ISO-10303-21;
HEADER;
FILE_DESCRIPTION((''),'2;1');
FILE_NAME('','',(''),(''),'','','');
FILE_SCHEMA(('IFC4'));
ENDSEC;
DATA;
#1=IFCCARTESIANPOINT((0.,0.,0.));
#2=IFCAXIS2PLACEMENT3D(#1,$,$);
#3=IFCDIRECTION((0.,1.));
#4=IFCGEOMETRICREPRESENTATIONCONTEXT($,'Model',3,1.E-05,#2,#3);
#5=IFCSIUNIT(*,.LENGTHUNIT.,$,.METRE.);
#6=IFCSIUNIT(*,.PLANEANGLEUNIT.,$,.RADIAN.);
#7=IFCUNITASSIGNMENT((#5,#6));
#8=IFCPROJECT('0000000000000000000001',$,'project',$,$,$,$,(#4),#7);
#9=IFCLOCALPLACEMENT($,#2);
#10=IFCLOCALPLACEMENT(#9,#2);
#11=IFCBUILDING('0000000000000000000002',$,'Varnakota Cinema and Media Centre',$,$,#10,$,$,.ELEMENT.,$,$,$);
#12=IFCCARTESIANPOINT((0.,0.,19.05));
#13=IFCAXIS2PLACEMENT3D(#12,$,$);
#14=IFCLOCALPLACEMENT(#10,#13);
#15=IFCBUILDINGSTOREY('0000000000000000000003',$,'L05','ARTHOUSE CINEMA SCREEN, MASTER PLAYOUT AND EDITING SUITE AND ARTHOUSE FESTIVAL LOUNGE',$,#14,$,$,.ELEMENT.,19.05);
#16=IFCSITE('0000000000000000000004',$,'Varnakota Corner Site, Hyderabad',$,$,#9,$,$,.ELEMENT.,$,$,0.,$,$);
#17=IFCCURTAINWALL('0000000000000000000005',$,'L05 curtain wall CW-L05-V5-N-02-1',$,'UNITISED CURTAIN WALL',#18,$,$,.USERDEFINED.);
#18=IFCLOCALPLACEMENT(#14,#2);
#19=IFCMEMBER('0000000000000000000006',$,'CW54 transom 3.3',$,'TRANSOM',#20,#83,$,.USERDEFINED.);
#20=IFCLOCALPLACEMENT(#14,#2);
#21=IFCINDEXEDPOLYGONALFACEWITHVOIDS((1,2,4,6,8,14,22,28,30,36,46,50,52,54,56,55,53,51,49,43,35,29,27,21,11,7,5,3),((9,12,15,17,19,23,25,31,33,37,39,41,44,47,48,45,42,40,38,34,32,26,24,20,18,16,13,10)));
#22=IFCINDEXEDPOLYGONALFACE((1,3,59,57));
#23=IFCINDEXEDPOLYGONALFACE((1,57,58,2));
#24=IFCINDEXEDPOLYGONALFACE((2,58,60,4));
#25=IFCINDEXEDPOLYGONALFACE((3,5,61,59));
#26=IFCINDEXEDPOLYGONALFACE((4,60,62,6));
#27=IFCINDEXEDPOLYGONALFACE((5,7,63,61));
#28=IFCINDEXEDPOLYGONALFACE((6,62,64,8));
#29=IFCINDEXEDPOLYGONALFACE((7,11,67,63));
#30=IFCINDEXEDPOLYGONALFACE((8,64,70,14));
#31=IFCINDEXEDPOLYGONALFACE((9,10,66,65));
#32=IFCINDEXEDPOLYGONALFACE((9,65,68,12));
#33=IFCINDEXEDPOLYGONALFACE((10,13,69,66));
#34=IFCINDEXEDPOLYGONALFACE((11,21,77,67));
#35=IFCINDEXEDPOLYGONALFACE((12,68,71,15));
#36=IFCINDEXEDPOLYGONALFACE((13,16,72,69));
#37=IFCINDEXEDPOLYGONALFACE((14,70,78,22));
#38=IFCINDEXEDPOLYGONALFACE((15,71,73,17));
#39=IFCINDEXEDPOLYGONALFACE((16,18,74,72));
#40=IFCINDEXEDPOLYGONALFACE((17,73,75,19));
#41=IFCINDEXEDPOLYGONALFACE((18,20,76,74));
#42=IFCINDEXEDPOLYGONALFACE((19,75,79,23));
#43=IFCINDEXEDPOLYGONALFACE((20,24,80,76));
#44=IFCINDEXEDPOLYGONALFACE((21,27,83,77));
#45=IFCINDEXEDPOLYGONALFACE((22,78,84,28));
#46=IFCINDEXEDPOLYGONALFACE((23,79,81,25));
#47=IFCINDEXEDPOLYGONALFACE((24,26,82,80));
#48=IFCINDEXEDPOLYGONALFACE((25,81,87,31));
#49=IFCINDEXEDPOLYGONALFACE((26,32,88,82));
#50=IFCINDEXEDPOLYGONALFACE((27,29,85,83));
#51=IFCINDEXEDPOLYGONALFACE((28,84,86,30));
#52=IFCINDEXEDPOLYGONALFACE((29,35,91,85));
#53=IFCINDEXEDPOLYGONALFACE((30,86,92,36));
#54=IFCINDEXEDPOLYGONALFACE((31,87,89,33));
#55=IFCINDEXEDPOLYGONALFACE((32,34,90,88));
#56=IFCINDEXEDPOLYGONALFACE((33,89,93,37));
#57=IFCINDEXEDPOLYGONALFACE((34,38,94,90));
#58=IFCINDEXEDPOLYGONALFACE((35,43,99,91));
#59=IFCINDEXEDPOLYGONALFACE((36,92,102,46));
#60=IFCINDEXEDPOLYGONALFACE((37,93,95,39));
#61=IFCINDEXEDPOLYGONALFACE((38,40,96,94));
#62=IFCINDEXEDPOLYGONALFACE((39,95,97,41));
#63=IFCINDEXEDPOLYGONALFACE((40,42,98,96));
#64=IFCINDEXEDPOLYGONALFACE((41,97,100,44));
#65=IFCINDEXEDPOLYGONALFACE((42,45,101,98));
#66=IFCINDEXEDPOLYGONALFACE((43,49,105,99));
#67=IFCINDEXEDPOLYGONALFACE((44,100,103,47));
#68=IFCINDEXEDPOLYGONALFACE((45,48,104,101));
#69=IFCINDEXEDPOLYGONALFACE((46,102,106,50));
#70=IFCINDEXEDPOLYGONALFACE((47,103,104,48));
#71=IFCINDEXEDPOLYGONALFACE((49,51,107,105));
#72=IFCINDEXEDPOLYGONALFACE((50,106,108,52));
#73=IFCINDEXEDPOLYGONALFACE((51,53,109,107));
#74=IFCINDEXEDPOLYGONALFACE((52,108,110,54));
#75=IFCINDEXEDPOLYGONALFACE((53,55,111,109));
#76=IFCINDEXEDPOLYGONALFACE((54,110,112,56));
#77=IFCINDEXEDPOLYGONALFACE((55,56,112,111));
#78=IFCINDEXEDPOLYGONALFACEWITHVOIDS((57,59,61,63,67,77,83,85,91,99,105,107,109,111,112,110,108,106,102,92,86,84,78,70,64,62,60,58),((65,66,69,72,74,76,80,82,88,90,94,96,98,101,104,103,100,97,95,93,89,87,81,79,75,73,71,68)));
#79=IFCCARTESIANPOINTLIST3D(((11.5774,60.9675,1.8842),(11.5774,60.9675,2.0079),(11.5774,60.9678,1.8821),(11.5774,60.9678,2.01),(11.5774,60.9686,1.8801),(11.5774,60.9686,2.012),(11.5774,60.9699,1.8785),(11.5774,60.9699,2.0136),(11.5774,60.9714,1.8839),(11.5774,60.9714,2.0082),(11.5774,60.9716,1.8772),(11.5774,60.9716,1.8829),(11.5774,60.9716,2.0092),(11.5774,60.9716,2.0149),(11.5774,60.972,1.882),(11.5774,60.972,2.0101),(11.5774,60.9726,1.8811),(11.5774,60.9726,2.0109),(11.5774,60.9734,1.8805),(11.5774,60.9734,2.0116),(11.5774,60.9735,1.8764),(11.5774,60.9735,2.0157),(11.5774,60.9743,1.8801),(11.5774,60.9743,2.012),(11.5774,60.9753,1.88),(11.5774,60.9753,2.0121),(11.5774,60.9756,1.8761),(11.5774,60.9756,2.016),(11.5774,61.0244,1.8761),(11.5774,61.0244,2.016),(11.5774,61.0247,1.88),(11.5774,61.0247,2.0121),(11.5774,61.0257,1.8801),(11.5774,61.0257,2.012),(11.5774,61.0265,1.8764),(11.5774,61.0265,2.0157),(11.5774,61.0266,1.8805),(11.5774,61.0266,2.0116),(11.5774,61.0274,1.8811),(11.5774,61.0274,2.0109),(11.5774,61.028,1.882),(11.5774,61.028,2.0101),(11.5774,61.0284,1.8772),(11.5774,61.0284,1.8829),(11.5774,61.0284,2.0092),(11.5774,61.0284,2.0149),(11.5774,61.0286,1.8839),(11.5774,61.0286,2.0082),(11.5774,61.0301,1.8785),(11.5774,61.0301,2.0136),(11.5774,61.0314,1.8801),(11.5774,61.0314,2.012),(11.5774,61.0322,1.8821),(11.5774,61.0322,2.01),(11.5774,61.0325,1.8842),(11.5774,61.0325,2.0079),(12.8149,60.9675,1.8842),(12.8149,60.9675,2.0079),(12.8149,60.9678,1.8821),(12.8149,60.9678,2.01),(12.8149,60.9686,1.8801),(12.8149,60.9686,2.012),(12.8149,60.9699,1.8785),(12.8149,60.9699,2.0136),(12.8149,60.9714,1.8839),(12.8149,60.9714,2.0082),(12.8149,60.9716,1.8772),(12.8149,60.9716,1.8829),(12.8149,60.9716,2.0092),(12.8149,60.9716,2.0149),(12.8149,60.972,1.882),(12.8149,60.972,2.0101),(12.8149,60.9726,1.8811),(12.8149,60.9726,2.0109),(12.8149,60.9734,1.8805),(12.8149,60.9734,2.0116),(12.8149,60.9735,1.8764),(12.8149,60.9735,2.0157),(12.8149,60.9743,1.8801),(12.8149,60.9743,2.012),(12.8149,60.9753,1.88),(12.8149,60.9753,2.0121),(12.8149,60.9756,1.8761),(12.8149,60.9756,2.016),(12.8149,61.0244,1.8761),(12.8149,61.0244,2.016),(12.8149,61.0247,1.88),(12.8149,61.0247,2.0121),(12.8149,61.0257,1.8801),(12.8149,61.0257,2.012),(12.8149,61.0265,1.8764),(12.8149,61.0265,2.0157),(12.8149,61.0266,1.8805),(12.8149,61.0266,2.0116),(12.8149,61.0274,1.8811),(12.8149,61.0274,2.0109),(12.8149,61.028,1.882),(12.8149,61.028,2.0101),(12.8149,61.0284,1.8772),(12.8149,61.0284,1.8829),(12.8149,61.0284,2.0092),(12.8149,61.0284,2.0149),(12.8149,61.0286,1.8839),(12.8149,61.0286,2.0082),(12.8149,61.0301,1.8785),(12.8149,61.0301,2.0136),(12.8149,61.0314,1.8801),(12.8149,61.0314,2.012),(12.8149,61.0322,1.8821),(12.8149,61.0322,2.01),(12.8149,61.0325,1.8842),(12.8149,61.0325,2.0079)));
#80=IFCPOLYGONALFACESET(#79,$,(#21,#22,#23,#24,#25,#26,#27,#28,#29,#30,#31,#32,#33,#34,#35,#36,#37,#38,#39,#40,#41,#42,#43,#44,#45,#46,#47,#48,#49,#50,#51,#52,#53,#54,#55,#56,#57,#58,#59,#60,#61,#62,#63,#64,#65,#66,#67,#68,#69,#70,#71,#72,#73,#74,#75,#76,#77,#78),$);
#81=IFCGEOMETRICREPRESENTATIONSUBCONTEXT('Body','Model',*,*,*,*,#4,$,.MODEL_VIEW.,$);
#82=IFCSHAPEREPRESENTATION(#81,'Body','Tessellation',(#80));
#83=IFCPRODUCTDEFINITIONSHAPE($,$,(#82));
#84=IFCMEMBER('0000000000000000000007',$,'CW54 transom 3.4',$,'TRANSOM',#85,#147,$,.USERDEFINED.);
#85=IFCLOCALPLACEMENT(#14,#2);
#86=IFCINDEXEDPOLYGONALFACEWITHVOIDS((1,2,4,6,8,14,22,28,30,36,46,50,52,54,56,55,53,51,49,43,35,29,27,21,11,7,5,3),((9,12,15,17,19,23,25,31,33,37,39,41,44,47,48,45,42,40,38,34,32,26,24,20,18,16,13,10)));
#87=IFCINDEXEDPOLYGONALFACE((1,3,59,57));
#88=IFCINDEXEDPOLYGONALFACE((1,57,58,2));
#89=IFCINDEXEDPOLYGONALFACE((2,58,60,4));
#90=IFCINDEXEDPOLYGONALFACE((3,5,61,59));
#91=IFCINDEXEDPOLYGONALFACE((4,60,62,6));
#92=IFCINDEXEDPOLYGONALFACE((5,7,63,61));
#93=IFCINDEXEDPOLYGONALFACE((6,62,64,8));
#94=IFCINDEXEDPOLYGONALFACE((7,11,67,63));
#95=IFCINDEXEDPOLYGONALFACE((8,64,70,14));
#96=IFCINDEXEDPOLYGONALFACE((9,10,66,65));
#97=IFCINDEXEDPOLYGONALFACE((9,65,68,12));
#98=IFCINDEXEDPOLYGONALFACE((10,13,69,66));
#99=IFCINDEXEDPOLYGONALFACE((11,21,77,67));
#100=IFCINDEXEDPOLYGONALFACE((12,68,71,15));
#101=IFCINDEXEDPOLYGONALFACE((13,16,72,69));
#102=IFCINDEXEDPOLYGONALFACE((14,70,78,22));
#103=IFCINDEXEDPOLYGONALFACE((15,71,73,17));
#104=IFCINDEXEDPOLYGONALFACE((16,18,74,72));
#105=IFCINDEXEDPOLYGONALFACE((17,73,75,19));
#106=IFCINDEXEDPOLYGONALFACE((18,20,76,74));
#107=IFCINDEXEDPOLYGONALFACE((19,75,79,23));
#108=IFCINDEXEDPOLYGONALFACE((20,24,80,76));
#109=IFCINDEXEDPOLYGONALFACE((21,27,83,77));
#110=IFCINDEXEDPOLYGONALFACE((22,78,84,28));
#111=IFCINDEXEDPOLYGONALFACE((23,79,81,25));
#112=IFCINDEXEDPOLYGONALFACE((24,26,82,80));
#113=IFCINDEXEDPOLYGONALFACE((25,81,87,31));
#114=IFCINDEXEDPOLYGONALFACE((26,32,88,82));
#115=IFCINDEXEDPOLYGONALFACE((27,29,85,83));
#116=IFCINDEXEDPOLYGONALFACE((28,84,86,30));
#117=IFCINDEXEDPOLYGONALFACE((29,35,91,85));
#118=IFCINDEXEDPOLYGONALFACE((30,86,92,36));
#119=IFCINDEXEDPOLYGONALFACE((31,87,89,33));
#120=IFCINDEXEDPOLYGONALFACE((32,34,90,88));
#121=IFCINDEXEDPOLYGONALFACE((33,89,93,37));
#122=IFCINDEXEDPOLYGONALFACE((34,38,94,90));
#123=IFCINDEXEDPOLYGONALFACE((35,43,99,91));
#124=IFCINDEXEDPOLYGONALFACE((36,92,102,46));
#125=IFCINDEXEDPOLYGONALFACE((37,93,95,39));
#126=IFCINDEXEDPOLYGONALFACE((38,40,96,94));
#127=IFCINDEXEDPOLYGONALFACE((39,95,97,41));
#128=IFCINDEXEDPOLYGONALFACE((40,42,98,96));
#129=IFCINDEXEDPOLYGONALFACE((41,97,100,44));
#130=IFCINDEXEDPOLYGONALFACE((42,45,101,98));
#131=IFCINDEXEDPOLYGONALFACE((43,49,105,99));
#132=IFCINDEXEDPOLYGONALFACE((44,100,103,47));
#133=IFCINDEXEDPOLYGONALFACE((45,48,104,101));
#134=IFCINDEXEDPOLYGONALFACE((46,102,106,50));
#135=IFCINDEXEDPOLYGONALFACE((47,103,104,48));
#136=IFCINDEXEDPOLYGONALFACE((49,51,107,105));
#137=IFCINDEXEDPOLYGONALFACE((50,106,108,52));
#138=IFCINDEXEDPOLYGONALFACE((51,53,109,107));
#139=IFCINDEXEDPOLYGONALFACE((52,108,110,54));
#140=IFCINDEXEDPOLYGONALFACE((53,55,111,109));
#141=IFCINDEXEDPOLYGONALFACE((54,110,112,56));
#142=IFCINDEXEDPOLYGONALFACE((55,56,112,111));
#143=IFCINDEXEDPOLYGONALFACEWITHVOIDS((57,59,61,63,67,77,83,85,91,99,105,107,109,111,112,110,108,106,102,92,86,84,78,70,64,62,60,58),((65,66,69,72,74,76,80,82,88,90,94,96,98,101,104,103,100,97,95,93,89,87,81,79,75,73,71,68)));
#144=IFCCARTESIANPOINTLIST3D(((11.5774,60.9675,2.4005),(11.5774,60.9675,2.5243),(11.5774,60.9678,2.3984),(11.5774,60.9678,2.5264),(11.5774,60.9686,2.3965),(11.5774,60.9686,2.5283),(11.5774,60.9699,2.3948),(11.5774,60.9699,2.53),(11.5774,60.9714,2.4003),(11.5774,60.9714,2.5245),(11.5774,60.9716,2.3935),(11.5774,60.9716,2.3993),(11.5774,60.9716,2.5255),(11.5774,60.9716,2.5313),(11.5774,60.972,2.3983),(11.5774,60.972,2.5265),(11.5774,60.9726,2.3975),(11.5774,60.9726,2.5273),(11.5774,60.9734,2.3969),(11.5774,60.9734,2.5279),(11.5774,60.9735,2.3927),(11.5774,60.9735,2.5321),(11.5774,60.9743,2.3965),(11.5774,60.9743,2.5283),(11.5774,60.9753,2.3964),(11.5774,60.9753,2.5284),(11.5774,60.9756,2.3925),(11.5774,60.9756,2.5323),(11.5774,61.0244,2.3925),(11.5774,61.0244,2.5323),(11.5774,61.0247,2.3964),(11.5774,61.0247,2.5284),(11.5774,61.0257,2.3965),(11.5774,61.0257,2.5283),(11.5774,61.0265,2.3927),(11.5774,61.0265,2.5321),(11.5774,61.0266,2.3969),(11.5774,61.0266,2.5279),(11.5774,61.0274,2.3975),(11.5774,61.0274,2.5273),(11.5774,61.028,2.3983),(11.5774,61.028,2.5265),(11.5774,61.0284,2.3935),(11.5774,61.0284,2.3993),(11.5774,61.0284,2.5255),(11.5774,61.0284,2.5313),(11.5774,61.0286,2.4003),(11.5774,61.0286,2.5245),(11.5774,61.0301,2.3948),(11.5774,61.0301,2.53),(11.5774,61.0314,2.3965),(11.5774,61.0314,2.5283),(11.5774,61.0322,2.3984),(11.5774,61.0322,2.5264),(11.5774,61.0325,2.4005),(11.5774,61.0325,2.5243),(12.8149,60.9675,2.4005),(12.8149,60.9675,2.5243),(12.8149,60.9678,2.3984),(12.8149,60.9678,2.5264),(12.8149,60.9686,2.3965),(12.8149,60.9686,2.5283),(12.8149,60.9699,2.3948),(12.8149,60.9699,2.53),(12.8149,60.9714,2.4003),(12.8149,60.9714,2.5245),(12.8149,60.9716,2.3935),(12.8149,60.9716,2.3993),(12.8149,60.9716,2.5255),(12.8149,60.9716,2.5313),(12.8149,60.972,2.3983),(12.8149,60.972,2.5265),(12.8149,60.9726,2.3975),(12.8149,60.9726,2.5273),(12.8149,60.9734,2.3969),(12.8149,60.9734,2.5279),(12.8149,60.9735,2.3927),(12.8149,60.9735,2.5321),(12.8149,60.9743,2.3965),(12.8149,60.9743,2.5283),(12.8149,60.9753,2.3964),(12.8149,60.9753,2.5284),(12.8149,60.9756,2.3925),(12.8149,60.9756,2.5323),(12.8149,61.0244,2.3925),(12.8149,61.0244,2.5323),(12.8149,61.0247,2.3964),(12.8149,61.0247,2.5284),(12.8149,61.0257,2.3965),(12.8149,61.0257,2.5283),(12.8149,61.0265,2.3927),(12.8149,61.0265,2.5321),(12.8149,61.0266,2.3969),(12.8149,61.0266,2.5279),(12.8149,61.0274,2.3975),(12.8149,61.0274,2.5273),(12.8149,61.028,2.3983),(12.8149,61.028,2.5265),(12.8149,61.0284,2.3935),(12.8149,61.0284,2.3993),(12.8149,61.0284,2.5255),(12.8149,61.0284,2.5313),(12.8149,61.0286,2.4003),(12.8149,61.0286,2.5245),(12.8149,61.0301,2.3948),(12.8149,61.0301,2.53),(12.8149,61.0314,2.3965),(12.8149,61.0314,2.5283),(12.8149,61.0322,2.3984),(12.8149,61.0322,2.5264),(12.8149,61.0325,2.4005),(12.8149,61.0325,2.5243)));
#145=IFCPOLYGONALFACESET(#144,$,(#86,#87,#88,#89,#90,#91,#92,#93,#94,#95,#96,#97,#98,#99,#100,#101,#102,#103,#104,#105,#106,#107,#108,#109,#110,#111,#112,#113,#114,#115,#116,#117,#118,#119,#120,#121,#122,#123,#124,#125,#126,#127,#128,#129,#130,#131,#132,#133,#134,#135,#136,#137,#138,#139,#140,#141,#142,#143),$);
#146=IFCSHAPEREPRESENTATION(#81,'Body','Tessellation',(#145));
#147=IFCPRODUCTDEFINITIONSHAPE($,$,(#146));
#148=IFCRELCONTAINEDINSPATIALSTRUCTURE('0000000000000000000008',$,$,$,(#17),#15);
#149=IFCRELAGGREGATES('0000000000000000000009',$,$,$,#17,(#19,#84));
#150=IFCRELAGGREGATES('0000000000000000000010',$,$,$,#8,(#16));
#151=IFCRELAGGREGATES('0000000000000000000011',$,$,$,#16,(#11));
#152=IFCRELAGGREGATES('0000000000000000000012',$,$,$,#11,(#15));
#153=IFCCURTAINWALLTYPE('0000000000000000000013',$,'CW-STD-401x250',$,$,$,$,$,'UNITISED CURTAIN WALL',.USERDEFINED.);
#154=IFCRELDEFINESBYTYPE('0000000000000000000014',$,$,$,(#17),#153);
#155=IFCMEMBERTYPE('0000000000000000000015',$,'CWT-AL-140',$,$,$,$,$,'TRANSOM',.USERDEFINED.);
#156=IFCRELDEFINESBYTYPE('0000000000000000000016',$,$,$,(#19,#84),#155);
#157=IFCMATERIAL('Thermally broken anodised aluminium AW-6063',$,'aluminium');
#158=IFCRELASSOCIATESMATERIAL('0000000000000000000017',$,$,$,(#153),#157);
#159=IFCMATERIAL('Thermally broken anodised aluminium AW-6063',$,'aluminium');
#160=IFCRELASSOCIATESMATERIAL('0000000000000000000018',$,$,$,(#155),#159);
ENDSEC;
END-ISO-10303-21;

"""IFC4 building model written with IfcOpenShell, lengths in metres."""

from ifc_helpers import new_model, si_unit, direction, frame, origin, origin_2d, place, context, subcontext, project, spatial, hollow_rectangle, extrude, material, material_profile, profile_set, type_object, element, aggregate, save


model = new_model("IFC4")

# Units and contexts
model_context = context("Model", 3, precision=1e-05, world=origin(), true_north=direction((0.0, 1.0)))
body_context = subcontext(model_context, "Body", "Model", "MODEL_VIEW")
ifc_project = project(units=[si_unit("LENGTHUNIT", "METRE"), si_unit("PLANEANGLEUNIT", "RADIAN")], contexts=[model_context])

# Site, building, storey
site_placement = place(None, origin())
site = spatial("IfcSite", under=ifc_project, at=site_placement, Name="Varnakota Corner Site, Hyderabad", CompositionType="ELEMENT", RefElevation=0.0)
building_placement = place(site_placement, origin())
building = spatial("IfcBuilding", under=site, at=building_placement, Name="Varnakota Cinema and Media Centre", CompositionType="ELEMENT")
storey_placement = place(building_placement, frame((0.0, 0.0, 19.05)))
storey = spatial("IfcBuildingStorey", under=building, at=storey_placement, Name="L05", Description="ARTHOUSE CINEMA SCREEN, MASTER PLAYOUT AND EDITING SUITE AND ARTHOUSE FESTIVAL LOUNGE", CompositionType="ELEMENT", Elevation=19.05)

# Curtain wall
ifc_material_1 = material(Name="Thermally broken anodised aluminium AW-6063", Category="aluminium")
curtain_wall_type = type_object("IfcCurtainWallType", Name="CW-STD-401x250", ElementType="UNITISED CURTAIN WALL", PredefinedType="USERDEFINED", material=ifc_material_1)
curtain_wall_1_placement = place(storey_placement, origin())
curtain_wall_1 = element("IfcCurtainWall", 1, at=curtain_wall_1_placement, inside=storey, type_object=curtain_wall_type, Name="L05 curtain wall CW-L05-V5-N-02-1", ObjectType="UNITISED CURTAIN WALL", PredefinedType="USERDEFINED")

# Members
ifc_material_2 = material(Name="Thermally broken anodised aluminium AW-6063", Category="aluminium")
ifc_material_profile_1 = material_profile(ifc_material_2, hollow_rectangle(XDim=0.0649, YDim=0.1399, WallThickness=0.0039, InnerFilletRadius=0.0039, OuterFilletRadius=0.0081, at=origin_2d()), Name="AL-TRANSOM 140x65x4")
ifc_profile_set_1 = profile_set([ifc_material_profile_1], Name="Thermally broken anodised aluminium AW-6063")
member_type_1 = type_object("IfcMemberType", Name="CWT-AL-140", ElementType="TRANSOM", PredefinedType="USERDEFINED", material=ifc_profile_set_1)
member_1_placement = place(storey_placement, frame((11.5774, 61.0, 1.946), z_axis=(1.0, 0.0, 0.0), x_axis=(0.0, 1.0, 0.0)))
member_1 = element("IfcMember", 2, at=member_1_placement, type_object=member_type_1, Name="CW54 transom 3.3", ObjectType="TRANSOM", PredefinedType="USERDEFINED", context=body_context, shape_type="SweptSolid", body=[
    extrude(hollow_rectangle(XDim=0.0649, YDim=0.1399, WallThickness=0.0039, InnerFilletRadius=0.0039, OuterFilletRadius=0.0081, at=origin_2d()), origin(), (0.0, 0.0, 1.0), 1.2375),
])
member_2_placement = place(storey_placement, frame((11.5774, 61.0, 2.4624), z_axis=(1.0, 0.0, 0.0), x_axis=(0.0, 1.0, 0.0)))
member_2 = element("IfcMember", 3, at=member_2_placement, type_object=member_type_1, Name="CW54 transom 3.4", ObjectType="TRANSOM", PredefinedType="USERDEFINED", context=body_context, shape_type="SweptSolid", body=[
    extrude(hollow_rectangle(XDim=0.0649, YDim=0.1399, WallThickness=0.0039, InnerFilletRadius=0.0039, OuterFilletRadius=0.0081, at=origin_2d()), origin(), (0.0, 0.0, 1.0), 1.2375),
])

aggregate(curtain_wall_1, [member_1, member_2])

save(model, "model.ifc")
